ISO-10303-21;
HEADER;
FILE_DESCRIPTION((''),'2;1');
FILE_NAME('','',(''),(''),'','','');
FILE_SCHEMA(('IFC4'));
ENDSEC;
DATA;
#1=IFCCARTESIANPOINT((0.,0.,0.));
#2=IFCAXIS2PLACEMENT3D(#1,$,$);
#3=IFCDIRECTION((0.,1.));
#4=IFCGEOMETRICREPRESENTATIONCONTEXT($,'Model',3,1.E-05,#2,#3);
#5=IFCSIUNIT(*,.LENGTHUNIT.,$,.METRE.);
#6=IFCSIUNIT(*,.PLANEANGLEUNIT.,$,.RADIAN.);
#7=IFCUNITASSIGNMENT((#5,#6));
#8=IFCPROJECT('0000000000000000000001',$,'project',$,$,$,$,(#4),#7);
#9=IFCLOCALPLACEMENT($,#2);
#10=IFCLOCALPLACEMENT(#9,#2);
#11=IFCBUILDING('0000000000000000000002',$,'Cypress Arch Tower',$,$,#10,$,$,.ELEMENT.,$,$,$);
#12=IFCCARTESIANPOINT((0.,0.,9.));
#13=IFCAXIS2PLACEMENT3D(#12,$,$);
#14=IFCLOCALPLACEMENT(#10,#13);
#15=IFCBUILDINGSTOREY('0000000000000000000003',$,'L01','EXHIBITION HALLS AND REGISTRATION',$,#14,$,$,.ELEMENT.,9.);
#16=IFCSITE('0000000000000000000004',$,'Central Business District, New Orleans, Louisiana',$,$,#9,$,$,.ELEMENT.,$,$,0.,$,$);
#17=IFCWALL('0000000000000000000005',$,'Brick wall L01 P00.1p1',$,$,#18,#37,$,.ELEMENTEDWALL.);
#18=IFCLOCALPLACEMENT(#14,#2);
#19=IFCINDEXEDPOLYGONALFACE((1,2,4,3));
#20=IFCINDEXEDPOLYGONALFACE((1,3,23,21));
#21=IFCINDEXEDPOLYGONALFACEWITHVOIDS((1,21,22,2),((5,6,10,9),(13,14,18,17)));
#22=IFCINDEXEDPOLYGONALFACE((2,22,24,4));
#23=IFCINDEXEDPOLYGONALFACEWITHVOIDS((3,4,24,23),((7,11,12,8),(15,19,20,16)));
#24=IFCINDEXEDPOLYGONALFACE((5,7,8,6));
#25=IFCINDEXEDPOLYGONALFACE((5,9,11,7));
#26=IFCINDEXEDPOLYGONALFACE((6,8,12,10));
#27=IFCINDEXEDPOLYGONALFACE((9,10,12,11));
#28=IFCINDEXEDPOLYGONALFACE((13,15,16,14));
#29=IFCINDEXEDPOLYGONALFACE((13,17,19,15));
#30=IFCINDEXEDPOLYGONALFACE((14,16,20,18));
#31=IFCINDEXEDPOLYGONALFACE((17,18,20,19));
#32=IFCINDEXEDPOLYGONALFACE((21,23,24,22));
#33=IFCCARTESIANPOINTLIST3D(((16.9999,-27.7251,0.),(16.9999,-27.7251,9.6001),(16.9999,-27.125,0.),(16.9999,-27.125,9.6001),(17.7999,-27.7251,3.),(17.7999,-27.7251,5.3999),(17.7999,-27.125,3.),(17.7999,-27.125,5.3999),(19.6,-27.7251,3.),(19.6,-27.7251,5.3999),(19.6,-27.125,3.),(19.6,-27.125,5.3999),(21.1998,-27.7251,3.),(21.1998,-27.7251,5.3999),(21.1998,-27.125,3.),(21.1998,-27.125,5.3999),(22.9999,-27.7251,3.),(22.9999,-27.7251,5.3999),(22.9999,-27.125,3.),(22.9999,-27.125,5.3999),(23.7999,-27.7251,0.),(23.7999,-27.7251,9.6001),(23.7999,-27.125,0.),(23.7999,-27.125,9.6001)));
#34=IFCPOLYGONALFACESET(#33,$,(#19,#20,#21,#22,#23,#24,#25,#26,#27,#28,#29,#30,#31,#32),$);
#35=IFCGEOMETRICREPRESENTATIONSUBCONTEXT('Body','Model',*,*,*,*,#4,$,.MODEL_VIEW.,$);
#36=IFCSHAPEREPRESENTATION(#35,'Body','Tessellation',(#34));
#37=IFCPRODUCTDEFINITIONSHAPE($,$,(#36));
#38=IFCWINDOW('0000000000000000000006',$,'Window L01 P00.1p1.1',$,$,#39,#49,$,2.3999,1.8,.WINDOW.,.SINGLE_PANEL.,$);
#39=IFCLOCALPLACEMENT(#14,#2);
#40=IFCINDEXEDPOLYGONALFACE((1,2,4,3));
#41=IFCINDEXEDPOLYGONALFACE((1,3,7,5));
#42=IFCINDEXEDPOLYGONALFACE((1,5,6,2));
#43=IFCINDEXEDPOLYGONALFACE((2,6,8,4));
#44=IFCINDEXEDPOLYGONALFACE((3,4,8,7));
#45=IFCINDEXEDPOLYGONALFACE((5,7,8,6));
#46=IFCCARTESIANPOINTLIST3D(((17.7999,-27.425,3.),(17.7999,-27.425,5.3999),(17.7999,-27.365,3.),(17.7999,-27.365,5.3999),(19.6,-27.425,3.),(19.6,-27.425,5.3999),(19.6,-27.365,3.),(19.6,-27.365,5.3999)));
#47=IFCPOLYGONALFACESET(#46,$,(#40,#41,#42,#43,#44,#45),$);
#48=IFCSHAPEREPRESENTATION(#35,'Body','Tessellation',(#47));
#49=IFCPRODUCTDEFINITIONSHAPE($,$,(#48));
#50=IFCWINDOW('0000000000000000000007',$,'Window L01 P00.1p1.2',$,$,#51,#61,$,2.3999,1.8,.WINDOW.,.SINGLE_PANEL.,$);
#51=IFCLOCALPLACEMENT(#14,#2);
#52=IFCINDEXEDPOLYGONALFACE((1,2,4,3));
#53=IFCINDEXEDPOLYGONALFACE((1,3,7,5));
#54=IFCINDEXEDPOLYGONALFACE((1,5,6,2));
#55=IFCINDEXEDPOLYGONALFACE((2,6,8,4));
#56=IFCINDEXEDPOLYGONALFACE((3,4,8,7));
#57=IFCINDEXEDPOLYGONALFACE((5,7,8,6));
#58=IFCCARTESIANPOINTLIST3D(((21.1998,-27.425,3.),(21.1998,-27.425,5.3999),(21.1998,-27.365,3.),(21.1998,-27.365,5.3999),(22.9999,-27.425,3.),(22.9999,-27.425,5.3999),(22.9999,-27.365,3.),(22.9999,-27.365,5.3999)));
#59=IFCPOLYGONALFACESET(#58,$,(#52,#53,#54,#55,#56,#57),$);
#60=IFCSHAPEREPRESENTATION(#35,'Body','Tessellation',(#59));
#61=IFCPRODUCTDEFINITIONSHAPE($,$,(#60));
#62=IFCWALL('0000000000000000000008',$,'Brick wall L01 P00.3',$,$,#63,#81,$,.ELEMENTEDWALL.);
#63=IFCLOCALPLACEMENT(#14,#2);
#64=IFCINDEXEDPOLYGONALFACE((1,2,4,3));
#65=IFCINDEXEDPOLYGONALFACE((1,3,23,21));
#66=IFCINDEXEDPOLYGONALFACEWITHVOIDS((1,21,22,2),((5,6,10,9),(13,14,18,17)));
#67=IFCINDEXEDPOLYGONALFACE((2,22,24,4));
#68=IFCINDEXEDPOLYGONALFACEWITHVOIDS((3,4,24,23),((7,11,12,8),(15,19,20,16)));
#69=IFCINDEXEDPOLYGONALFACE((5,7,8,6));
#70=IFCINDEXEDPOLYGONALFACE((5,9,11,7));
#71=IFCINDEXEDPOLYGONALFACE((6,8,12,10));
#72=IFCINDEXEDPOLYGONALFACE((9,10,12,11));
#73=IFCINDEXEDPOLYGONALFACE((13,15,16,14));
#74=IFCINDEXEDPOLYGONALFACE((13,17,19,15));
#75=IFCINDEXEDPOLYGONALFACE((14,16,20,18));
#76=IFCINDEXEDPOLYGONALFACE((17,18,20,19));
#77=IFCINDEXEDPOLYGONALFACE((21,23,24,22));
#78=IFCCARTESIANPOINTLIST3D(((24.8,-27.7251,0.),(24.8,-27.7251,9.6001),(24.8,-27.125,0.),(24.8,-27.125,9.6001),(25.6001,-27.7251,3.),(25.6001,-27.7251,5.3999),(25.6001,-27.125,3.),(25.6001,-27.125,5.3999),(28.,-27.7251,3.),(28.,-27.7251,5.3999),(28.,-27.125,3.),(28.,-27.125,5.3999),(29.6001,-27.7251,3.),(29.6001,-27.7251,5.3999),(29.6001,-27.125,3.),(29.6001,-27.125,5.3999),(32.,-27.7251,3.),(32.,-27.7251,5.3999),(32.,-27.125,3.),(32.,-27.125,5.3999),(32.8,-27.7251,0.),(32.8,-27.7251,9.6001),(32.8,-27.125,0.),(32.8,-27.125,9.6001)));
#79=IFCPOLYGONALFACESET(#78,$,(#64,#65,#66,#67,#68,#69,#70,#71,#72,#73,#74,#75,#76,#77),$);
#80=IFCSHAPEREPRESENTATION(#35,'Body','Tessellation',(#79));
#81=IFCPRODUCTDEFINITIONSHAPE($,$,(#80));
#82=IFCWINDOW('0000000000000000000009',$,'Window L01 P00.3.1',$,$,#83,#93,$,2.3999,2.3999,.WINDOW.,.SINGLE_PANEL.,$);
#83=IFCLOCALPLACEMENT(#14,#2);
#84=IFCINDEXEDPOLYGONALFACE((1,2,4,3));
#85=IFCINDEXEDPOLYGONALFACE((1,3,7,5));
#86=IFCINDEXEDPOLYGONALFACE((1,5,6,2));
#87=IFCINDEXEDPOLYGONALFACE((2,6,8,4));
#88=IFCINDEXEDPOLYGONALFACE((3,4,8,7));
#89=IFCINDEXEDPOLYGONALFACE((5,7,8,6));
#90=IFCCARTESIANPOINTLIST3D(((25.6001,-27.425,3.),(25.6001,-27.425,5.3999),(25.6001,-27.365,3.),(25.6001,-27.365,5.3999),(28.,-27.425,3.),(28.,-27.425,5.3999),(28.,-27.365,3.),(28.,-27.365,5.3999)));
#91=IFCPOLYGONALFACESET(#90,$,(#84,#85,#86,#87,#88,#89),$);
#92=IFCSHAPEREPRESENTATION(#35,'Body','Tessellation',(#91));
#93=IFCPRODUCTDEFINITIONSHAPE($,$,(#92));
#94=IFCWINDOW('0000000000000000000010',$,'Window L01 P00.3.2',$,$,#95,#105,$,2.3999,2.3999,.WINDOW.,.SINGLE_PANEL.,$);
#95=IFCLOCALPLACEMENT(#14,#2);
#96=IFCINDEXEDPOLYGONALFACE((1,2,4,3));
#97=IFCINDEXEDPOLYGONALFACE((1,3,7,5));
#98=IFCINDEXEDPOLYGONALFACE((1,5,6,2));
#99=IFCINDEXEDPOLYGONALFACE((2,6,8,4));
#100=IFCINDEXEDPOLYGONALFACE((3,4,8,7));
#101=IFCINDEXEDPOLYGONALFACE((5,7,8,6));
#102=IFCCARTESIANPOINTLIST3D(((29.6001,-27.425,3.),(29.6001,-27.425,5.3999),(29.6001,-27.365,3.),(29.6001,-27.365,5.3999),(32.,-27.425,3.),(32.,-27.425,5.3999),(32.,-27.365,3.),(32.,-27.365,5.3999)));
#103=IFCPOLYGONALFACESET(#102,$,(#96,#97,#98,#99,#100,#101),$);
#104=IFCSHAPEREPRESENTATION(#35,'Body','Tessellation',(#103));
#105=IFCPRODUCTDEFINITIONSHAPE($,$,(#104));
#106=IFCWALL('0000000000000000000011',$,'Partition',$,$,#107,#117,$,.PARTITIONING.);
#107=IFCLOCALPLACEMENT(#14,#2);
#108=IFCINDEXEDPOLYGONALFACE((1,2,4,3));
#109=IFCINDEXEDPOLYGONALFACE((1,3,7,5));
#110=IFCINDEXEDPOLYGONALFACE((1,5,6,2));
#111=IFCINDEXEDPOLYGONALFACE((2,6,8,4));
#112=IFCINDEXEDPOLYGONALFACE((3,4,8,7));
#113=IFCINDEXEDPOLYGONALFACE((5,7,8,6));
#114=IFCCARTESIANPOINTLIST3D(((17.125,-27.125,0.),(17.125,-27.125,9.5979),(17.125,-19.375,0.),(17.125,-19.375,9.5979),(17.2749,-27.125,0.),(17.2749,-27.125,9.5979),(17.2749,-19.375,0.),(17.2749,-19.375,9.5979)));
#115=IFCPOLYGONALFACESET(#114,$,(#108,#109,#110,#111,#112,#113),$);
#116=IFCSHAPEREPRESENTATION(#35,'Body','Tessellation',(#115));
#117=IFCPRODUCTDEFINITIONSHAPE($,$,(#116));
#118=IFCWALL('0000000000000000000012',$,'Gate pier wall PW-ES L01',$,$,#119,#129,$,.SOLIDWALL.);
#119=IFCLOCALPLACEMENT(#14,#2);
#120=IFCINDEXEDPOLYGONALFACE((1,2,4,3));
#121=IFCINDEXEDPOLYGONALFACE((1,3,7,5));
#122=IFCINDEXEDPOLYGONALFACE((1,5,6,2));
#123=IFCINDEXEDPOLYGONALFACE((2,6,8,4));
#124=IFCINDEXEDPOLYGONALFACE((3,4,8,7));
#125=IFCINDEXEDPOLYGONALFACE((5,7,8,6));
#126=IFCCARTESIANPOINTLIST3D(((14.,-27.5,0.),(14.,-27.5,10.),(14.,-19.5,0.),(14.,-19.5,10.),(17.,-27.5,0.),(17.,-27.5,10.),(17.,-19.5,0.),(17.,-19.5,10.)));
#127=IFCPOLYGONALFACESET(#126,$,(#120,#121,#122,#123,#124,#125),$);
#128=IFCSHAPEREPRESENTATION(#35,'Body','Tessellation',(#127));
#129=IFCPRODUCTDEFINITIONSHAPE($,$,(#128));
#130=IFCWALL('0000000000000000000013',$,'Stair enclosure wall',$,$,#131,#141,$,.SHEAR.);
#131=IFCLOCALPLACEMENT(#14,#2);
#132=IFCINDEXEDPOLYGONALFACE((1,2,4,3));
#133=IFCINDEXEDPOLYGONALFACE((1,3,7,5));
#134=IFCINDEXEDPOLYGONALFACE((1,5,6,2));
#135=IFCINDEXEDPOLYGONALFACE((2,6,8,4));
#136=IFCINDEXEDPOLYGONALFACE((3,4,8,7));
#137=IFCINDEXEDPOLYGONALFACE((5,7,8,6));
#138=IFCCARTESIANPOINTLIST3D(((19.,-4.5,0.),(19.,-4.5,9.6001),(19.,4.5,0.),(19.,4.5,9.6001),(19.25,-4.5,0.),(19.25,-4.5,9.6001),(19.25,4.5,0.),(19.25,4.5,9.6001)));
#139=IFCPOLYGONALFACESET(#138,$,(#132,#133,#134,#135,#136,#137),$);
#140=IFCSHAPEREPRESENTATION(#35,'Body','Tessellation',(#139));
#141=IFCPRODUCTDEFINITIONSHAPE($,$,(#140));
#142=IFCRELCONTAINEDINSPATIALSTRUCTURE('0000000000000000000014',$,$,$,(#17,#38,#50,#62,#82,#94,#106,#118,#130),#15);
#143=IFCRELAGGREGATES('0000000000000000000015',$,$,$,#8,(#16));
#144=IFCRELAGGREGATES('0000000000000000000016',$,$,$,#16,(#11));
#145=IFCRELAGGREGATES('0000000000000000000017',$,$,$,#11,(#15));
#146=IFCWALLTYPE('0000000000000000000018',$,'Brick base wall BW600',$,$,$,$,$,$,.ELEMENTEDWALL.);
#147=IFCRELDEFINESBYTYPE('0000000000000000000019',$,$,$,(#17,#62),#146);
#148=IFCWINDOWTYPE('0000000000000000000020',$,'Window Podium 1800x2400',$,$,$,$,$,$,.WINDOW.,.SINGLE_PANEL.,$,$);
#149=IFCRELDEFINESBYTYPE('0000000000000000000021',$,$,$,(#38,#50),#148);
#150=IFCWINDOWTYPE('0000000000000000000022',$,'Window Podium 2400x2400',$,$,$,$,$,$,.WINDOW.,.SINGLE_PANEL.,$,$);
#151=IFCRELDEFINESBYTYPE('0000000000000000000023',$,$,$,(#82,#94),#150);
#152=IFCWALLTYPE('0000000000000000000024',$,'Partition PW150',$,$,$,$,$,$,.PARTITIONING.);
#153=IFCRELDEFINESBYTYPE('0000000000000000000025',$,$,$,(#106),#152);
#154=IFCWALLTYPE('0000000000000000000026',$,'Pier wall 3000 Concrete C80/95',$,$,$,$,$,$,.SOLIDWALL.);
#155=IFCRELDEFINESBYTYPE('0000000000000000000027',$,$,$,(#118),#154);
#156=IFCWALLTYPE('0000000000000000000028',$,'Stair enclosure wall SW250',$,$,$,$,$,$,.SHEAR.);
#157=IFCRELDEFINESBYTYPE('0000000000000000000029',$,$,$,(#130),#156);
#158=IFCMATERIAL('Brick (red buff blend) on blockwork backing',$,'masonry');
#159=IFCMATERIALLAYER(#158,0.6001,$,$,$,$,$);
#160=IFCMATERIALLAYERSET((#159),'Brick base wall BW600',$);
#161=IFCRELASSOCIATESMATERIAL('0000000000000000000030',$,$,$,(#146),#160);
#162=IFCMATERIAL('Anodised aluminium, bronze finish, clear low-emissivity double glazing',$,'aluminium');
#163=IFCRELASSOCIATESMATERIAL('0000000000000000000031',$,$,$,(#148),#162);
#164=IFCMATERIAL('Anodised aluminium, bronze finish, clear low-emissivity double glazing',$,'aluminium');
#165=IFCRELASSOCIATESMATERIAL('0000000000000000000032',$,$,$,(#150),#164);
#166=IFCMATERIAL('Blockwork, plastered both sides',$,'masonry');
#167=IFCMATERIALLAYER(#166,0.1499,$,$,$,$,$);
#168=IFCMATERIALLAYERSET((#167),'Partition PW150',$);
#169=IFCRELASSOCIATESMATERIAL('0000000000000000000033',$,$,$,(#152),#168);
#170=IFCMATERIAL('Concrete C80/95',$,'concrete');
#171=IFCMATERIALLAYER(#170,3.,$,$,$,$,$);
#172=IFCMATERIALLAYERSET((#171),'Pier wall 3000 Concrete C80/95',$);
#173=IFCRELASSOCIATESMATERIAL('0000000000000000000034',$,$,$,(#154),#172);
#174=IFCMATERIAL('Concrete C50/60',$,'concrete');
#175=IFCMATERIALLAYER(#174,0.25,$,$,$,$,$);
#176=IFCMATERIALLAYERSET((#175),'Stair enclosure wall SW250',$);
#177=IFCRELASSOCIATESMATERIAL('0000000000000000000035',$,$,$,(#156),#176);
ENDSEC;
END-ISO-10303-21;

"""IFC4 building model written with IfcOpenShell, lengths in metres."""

from ifc_helpers import new_model, si_unit, direction, frame, frame_2d, origin, place, context, subcontext, project, spatial, rectangle, extrude, material, layer, layer_set, type_object, element, fill, save


model = new_model("IFC4")

# Units and contexts
model_context = context("Model", 3, precision=1e-05, world=origin(), true_north=direction((0.0, 1.0)))
body_context = subcontext(model_context, "Body", "Model", "MODEL_VIEW")
ifc_project = project(units=[si_unit("LENGTHUNIT", "METRE"), si_unit("PLANEANGLEUNIT", "RADIAN")], contexts=[model_context])

# Site, building, storey
site_placement = place(None, origin())
site = spatial("IfcSite", under=ifc_project, at=site_placement, Name="Central Business District, New Orleans, Louisiana", CompositionType="ELEMENT", RefElevation=0.0)
building_placement = place(site_placement, origin())
building = spatial("IfcBuilding", under=site, at=building_placement, Name="Cypress Arch Tower", CompositionType="ELEMENT")
storey_placement = place(building_placement, frame((0.0, 0.0, 9.0)))
storey = spatial("IfcBuildingStorey", under=building, at=storey_placement, Name="L01", Description="EXHIBITION HALLS AND REGISTRATION", CompositionType="ELEMENT", Elevation=9.0)

# Walls, openings, windows
ifc_material_1 = material(Name="Brick (red buff blend) on blockwork backing", Category="masonry")
ifc_layer_1 = layer(ifc_material_1, 0.6001)
ifc_layer_set_1 = layer_set([ifc_layer_1], Name="Brick base wall BW600")
wall_type_1 = type_object("IfcWallType", Name="Brick base wall BW600", PredefinedType="ELEMENTEDWALL", material=ifc_layer_set_1)
wall_1_placement = place(storey_placement, frame((17.0, -27.425, 0.0), z_axis=(0.0, 0.0, 1.0), x_axis=(1.0, 0.0, 0.0)))
wall_1 = element("IfcWall", 1, at=wall_1_placement, inside=storey, type_object=wall_type_1, Name="Brick wall L01 P00.1p1", PredefinedType="ELEMENTEDWALL", context=body_context, shape_type="SweptSolid", body=[
    extrude(rectangle(XDim=6.8, YDim=0.6001, at=frame_2d((3.3999, 0.0))), origin(), (0.0, 0.0, 1.0), 9.6001),
])
opening_1_placement = place(wall_1_placement, frame((0.8, 0.0, 3.0)))
opening_1 = element("IfcOpeningElement", 2, at=opening_1_placement, cuts=wall_1, PredefinedType="OPENING", context=body_context, shape_type="SweptSolid", body=[
    extrude(rectangle(XDim=1.8, YDim=2.3999, at=frame_2d((0.8999, 1.2))), frame((0.0, 0.3101, 0.0), z_axis=(0.0, -1.0, 0.0), x_axis=(1.0, 0.0, 0.0)), (0.0, 0.0, 1.0), 0.6201),
])
opening_2_placement = place(wall_1_placement, frame((4.2, 0.0, 3.0)))
opening_2 = element("IfcOpeningElement", 3, at=opening_2_placement, cuts=wall_1, PredefinedType="OPENING", context=body_context, shape_type="SweptSolid", body=[
    extrude(rectangle(XDim=1.8, YDim=2.3999, at=frame_2d((0.8999, 1.2))), frame((0.0, 0.3101, 0.0), z_axis=(0.0, -1.0, 0.0), x_axis=(1.0, 0.0, 0.0)), (0.0, 0.0, 1.0), 0.6201),
])
ifc_material_2 = material(Name="Anodised aluminium, bronze finish, clear low-emissivity double glazing", Category="aluminium")
window_type_1 = type_object("IfcWindowType", Name="Window Podium 1800x2400", PartitioningType="SINGLE_PANEL", PredefinedType="WINDOW", material=ifc_material_2)
window_1_placement = place(opening_1_placement, origin())
window_1 = element("IfcWindow", 4, at=window_1_placement, inside=storey, type_object=window_type_1, Name="Window L01 P00.1p1.1", OverallHeight=2.3999, OverallWidth=1.8, PartitioningType="SINGLE_PANEL", PredefinedType="WINDOW", context=body_context, shape_type="SweptSolid", body=[
    extrude(rectangle(XDim=1.8, YDim=2.3999, at=frame_2d((0.8999, 1.2))), frame((0.0, 0.0601, 0.0), z_axis=(0.0, -1.0, 0.0), x_axis=(1.0, 0.0, 0.0)), (0.0, 0.0, 1.0), 0.0601),
])
fill(opening_1, window_1)
window_2_placement = place(opening_2_placement, origin())
window_2 = element("IfcWindow", 5, at=window_2_placement, inside=storey, type_object=window_type_1, Name="Window L01 P00.1p1.2", OverallHeight=2.3999, OverallWidth=1.8, PartitioningType="SINGLE_PANEL", PredefinedType="WINDOW", context=body_context, shape_type="SweptSolid", body=[
    extrude(rectangle(XDim=1.8, YDim=2.3999, at=frame_2d((0.8999, 1.2))), frame((0.0, 0.0601, 0.0), z_axis=(0.0, -1.0, 0.0), x_axis=(1.0, 0.0, 0.0)), (0.0, 0.0, 1.0), 0.0601),
])
fill(opening_2, window_2)
wall_2_placement = place(storey_placement, frame((24.8, -27.425, 0.0), z_axis=(0.0, 0.0, 1.0), x_axis=(1.0, 0.0, 0.0)))
wall_2 = element("IfcWall", 6, at=wall_2_placement, inside=storey, type_object=wall_type_1, Name="Brick wall L01 P00.3", PredefinedType="ELEMENTEDWALL", context=body_context, shape_type="SweptSolid", body=[
    extrude(rectangle(XDim=8.0, YDim=0.6001, at=frame_2d((4.0, 0.0))), origin(), (0.0, 0.0, 1.0), 9.6001),
])
opening_3_placement = place(wall_2_placement, frame((0.8, 0.0, 3.0)))
opening_3 = element("IfcOpeningElement", 7, at=opening_3_placement, cuts=wall_2, PredefinedType="OPENING", context=body_context, shape_type="SweptSolid", body=[
    extrude(rectangle(XDim=2.3999, YDim=2.3999, at=frame_2d((1.2, 1.2))), frame((0.0, 0.3101, 0.0), z_axis=(0.0, -1.0, 0.0), x_axis=(1.0, 0.0, 0.0)), (0.0, 0.0, 1.0), 0.6201),
])
opening_4_placement = place(wall_2_placement, frame((4.8, 0.0, 3.0)))
opening_4 = element("IfcOpeningElement", 8, at=opening_4_placement, cuts=wall_2, PredefinedType="OPENING", context=body_context, shape_type="SweptSolid", body=[
    extrude(rectangle(XDim=2.3999, YDim=2.3999, at=frame_2d((1.2, 1.2))), frame((0.0, 0.3101, 0.0), z_axis=(0.0, -1.0, 0.0), x_axis=(1.0, 0.0, 0.0)), (0.0, 0.0, 1.0), 0.6201),
])
ifc_material_3 = material(Name="Anodised aluminium, bronze finish, clear low-emissivity double glazing", Category="aluminium")
window_type_2 = type_object("IfcWindowType", Name="Window Podium 2400x2400", PartitioningType="SINGLE_PANEL", PredefinedType="WINDOW", material=ifc_material_3)
window_3_placement = place(opening_3_placement, origin())
window_3 = element("IfcWindow", 9, at=window_3_placement, inside=storey, type_object=window_type_2, Name="Window L01 P00.3.1", OverallHeight=2.3999, OverallWidth=2.3999, PartitioningType="SINGLE_PANEL", PredefinedType="WINDOW", context=body_context, shape_type="SweptSolid", body=[
    extrude(rectangle(XDim=2.3999, YDim=2.3999, at=frame_2d((1.2, 1.2))), frame((0.0, 0.0601, 0.0), z_axis=(0.0, -1.0, 0.0), x_axis=(1.0, 0.0, 0.0)), (0.0, 0.0, 1.0), 0.0601),
])
fill(opening_3, window_3)
window_4_placement = place(opening_4_placement, origin())
window_4 = element("IfcWindow", 10, at=window_4_placement, inside=storey, type_object=window_type_2, Name="Window L01 P00.3.2", OverallHeight=2.3999, OverallWidth=2.3999, PartitioningType="SINGLE_PANEL", PredefinedType="WINDOW", context=body_context, shape_type="SweptSolid", body=[
    extrude(rectangle(XDim=2.3999, YDim=2.3999, at=frame_2d((1.2, 1.2))), frame((0.0, 0.0601, 0.0), z_axis=(0.0, -1.0, 0.0), x_axis=(1.0, 0.0, 0.0)), (0.0, 0.0, 1.0), 0.0601),
])
fill(opening_4, window_4)

# Walls
ifc_material_4 = material(Name="Blockwork, plastered both sides", Category="masonry")
ifc_layer_2 = layer(ifc_material_4, 0.1499)
ifc_layer_set_2 = layer_set([ifc_layer_2], Name="Partition PW150")
wall_type_2 = type_object("IfcWallType", Name="Partition PW150", PredefinedType="PARTITIONING", material=ifc_layer_set_2)
wall_3_placement = place(storey_placement, frame((17.2, -27.125, 0.0), z_axis=(0.0, 0.0, 1.0), x_axis=(0.0, 1.0, 0.0)))
element("IfcWall", 11, at=wall_3_placement, inside=storey, type_object=wall_type_2, Name="Partition", PredefinedType="PARTITIONING", context=body_context, shape_type="SweptSolid", body=[
    extrude(rectangle(XDim=7.75, YDim=0.1499, at=frame_2d((3.875, 0.0))), origin(), (0.0, 0.0, 1.0), 9.5979),
])
ifc_material_5 = material(Name="Concrete C80/95", Category="concrete")
ifc_layer_3 = layer(ifc_material_5, 3.0)
ifc_layer_set_3 = layer_set([ifc_layer_3], Name="Pier wall 3000 Concrete C80/95")
wall_type_3 = type_object("IfcWallType", Name="Pier wall 3000 Concrete C80/95", PredefinedType="SOLIDWALL", material=ifc_layer_set_3)
wall_4_placement = place(storey_placement, frame((15.5, -27.5, 0.0), z_axis=(0.0, 0.0, 1.0), x_axis=(0.0, 1.0, 0.0)))
element("IfcWall", 12, at=wall_4_placement, inside=storey, type_object=wall_type_3, Name="Gate pier wall PW-ES L01", PredefinedType="SOLIDWALL", context=body_context, shape_type="SweptSolid", body=[
    extrude(rectangle(XDim=8.0, YDim=3.0, at=frame_2d((4.0, 0.0))), origin(), (0.0, 0.0, 1.0), 10.0),
])
ifc_material_6 = material(Name="Concrete C50/60", Category="concrete")
ifc_layer_4 = layer(ifc_material_6, 0.25)
ifc_layer_set_4 = layer_set([ifc_layer_4], Name="Stair enclosure wall SW250")
wall_type_4 = type_object("IfcWallType", Name="Stair enclosure wall SW250", PredefinedType="SHEAR", material=ifc_layer_set_4)
wall_5_placement = place(storey_placement, frame((19.125, -4.5, 0.0), z_axis=(0.0, 0.0, 1.0), x_axis=(0.0, 1.0, 0.0)))
element("IfcWall", 13, at=wall_5_placement, inside=storey, type_object=wall_type_4, Name="Stair enclosure wall", PredefinedType="SHEAR", context=body_context, shape_type="SweptSolid", body=[
    extrude(rectangle(XDim=9.0, YDim=0.25, at=frame_2d((4.5, 0.0))), origin(), (0.0, 0.0, 1.0), 9.6001),
])

save(model, "model.ifc")
